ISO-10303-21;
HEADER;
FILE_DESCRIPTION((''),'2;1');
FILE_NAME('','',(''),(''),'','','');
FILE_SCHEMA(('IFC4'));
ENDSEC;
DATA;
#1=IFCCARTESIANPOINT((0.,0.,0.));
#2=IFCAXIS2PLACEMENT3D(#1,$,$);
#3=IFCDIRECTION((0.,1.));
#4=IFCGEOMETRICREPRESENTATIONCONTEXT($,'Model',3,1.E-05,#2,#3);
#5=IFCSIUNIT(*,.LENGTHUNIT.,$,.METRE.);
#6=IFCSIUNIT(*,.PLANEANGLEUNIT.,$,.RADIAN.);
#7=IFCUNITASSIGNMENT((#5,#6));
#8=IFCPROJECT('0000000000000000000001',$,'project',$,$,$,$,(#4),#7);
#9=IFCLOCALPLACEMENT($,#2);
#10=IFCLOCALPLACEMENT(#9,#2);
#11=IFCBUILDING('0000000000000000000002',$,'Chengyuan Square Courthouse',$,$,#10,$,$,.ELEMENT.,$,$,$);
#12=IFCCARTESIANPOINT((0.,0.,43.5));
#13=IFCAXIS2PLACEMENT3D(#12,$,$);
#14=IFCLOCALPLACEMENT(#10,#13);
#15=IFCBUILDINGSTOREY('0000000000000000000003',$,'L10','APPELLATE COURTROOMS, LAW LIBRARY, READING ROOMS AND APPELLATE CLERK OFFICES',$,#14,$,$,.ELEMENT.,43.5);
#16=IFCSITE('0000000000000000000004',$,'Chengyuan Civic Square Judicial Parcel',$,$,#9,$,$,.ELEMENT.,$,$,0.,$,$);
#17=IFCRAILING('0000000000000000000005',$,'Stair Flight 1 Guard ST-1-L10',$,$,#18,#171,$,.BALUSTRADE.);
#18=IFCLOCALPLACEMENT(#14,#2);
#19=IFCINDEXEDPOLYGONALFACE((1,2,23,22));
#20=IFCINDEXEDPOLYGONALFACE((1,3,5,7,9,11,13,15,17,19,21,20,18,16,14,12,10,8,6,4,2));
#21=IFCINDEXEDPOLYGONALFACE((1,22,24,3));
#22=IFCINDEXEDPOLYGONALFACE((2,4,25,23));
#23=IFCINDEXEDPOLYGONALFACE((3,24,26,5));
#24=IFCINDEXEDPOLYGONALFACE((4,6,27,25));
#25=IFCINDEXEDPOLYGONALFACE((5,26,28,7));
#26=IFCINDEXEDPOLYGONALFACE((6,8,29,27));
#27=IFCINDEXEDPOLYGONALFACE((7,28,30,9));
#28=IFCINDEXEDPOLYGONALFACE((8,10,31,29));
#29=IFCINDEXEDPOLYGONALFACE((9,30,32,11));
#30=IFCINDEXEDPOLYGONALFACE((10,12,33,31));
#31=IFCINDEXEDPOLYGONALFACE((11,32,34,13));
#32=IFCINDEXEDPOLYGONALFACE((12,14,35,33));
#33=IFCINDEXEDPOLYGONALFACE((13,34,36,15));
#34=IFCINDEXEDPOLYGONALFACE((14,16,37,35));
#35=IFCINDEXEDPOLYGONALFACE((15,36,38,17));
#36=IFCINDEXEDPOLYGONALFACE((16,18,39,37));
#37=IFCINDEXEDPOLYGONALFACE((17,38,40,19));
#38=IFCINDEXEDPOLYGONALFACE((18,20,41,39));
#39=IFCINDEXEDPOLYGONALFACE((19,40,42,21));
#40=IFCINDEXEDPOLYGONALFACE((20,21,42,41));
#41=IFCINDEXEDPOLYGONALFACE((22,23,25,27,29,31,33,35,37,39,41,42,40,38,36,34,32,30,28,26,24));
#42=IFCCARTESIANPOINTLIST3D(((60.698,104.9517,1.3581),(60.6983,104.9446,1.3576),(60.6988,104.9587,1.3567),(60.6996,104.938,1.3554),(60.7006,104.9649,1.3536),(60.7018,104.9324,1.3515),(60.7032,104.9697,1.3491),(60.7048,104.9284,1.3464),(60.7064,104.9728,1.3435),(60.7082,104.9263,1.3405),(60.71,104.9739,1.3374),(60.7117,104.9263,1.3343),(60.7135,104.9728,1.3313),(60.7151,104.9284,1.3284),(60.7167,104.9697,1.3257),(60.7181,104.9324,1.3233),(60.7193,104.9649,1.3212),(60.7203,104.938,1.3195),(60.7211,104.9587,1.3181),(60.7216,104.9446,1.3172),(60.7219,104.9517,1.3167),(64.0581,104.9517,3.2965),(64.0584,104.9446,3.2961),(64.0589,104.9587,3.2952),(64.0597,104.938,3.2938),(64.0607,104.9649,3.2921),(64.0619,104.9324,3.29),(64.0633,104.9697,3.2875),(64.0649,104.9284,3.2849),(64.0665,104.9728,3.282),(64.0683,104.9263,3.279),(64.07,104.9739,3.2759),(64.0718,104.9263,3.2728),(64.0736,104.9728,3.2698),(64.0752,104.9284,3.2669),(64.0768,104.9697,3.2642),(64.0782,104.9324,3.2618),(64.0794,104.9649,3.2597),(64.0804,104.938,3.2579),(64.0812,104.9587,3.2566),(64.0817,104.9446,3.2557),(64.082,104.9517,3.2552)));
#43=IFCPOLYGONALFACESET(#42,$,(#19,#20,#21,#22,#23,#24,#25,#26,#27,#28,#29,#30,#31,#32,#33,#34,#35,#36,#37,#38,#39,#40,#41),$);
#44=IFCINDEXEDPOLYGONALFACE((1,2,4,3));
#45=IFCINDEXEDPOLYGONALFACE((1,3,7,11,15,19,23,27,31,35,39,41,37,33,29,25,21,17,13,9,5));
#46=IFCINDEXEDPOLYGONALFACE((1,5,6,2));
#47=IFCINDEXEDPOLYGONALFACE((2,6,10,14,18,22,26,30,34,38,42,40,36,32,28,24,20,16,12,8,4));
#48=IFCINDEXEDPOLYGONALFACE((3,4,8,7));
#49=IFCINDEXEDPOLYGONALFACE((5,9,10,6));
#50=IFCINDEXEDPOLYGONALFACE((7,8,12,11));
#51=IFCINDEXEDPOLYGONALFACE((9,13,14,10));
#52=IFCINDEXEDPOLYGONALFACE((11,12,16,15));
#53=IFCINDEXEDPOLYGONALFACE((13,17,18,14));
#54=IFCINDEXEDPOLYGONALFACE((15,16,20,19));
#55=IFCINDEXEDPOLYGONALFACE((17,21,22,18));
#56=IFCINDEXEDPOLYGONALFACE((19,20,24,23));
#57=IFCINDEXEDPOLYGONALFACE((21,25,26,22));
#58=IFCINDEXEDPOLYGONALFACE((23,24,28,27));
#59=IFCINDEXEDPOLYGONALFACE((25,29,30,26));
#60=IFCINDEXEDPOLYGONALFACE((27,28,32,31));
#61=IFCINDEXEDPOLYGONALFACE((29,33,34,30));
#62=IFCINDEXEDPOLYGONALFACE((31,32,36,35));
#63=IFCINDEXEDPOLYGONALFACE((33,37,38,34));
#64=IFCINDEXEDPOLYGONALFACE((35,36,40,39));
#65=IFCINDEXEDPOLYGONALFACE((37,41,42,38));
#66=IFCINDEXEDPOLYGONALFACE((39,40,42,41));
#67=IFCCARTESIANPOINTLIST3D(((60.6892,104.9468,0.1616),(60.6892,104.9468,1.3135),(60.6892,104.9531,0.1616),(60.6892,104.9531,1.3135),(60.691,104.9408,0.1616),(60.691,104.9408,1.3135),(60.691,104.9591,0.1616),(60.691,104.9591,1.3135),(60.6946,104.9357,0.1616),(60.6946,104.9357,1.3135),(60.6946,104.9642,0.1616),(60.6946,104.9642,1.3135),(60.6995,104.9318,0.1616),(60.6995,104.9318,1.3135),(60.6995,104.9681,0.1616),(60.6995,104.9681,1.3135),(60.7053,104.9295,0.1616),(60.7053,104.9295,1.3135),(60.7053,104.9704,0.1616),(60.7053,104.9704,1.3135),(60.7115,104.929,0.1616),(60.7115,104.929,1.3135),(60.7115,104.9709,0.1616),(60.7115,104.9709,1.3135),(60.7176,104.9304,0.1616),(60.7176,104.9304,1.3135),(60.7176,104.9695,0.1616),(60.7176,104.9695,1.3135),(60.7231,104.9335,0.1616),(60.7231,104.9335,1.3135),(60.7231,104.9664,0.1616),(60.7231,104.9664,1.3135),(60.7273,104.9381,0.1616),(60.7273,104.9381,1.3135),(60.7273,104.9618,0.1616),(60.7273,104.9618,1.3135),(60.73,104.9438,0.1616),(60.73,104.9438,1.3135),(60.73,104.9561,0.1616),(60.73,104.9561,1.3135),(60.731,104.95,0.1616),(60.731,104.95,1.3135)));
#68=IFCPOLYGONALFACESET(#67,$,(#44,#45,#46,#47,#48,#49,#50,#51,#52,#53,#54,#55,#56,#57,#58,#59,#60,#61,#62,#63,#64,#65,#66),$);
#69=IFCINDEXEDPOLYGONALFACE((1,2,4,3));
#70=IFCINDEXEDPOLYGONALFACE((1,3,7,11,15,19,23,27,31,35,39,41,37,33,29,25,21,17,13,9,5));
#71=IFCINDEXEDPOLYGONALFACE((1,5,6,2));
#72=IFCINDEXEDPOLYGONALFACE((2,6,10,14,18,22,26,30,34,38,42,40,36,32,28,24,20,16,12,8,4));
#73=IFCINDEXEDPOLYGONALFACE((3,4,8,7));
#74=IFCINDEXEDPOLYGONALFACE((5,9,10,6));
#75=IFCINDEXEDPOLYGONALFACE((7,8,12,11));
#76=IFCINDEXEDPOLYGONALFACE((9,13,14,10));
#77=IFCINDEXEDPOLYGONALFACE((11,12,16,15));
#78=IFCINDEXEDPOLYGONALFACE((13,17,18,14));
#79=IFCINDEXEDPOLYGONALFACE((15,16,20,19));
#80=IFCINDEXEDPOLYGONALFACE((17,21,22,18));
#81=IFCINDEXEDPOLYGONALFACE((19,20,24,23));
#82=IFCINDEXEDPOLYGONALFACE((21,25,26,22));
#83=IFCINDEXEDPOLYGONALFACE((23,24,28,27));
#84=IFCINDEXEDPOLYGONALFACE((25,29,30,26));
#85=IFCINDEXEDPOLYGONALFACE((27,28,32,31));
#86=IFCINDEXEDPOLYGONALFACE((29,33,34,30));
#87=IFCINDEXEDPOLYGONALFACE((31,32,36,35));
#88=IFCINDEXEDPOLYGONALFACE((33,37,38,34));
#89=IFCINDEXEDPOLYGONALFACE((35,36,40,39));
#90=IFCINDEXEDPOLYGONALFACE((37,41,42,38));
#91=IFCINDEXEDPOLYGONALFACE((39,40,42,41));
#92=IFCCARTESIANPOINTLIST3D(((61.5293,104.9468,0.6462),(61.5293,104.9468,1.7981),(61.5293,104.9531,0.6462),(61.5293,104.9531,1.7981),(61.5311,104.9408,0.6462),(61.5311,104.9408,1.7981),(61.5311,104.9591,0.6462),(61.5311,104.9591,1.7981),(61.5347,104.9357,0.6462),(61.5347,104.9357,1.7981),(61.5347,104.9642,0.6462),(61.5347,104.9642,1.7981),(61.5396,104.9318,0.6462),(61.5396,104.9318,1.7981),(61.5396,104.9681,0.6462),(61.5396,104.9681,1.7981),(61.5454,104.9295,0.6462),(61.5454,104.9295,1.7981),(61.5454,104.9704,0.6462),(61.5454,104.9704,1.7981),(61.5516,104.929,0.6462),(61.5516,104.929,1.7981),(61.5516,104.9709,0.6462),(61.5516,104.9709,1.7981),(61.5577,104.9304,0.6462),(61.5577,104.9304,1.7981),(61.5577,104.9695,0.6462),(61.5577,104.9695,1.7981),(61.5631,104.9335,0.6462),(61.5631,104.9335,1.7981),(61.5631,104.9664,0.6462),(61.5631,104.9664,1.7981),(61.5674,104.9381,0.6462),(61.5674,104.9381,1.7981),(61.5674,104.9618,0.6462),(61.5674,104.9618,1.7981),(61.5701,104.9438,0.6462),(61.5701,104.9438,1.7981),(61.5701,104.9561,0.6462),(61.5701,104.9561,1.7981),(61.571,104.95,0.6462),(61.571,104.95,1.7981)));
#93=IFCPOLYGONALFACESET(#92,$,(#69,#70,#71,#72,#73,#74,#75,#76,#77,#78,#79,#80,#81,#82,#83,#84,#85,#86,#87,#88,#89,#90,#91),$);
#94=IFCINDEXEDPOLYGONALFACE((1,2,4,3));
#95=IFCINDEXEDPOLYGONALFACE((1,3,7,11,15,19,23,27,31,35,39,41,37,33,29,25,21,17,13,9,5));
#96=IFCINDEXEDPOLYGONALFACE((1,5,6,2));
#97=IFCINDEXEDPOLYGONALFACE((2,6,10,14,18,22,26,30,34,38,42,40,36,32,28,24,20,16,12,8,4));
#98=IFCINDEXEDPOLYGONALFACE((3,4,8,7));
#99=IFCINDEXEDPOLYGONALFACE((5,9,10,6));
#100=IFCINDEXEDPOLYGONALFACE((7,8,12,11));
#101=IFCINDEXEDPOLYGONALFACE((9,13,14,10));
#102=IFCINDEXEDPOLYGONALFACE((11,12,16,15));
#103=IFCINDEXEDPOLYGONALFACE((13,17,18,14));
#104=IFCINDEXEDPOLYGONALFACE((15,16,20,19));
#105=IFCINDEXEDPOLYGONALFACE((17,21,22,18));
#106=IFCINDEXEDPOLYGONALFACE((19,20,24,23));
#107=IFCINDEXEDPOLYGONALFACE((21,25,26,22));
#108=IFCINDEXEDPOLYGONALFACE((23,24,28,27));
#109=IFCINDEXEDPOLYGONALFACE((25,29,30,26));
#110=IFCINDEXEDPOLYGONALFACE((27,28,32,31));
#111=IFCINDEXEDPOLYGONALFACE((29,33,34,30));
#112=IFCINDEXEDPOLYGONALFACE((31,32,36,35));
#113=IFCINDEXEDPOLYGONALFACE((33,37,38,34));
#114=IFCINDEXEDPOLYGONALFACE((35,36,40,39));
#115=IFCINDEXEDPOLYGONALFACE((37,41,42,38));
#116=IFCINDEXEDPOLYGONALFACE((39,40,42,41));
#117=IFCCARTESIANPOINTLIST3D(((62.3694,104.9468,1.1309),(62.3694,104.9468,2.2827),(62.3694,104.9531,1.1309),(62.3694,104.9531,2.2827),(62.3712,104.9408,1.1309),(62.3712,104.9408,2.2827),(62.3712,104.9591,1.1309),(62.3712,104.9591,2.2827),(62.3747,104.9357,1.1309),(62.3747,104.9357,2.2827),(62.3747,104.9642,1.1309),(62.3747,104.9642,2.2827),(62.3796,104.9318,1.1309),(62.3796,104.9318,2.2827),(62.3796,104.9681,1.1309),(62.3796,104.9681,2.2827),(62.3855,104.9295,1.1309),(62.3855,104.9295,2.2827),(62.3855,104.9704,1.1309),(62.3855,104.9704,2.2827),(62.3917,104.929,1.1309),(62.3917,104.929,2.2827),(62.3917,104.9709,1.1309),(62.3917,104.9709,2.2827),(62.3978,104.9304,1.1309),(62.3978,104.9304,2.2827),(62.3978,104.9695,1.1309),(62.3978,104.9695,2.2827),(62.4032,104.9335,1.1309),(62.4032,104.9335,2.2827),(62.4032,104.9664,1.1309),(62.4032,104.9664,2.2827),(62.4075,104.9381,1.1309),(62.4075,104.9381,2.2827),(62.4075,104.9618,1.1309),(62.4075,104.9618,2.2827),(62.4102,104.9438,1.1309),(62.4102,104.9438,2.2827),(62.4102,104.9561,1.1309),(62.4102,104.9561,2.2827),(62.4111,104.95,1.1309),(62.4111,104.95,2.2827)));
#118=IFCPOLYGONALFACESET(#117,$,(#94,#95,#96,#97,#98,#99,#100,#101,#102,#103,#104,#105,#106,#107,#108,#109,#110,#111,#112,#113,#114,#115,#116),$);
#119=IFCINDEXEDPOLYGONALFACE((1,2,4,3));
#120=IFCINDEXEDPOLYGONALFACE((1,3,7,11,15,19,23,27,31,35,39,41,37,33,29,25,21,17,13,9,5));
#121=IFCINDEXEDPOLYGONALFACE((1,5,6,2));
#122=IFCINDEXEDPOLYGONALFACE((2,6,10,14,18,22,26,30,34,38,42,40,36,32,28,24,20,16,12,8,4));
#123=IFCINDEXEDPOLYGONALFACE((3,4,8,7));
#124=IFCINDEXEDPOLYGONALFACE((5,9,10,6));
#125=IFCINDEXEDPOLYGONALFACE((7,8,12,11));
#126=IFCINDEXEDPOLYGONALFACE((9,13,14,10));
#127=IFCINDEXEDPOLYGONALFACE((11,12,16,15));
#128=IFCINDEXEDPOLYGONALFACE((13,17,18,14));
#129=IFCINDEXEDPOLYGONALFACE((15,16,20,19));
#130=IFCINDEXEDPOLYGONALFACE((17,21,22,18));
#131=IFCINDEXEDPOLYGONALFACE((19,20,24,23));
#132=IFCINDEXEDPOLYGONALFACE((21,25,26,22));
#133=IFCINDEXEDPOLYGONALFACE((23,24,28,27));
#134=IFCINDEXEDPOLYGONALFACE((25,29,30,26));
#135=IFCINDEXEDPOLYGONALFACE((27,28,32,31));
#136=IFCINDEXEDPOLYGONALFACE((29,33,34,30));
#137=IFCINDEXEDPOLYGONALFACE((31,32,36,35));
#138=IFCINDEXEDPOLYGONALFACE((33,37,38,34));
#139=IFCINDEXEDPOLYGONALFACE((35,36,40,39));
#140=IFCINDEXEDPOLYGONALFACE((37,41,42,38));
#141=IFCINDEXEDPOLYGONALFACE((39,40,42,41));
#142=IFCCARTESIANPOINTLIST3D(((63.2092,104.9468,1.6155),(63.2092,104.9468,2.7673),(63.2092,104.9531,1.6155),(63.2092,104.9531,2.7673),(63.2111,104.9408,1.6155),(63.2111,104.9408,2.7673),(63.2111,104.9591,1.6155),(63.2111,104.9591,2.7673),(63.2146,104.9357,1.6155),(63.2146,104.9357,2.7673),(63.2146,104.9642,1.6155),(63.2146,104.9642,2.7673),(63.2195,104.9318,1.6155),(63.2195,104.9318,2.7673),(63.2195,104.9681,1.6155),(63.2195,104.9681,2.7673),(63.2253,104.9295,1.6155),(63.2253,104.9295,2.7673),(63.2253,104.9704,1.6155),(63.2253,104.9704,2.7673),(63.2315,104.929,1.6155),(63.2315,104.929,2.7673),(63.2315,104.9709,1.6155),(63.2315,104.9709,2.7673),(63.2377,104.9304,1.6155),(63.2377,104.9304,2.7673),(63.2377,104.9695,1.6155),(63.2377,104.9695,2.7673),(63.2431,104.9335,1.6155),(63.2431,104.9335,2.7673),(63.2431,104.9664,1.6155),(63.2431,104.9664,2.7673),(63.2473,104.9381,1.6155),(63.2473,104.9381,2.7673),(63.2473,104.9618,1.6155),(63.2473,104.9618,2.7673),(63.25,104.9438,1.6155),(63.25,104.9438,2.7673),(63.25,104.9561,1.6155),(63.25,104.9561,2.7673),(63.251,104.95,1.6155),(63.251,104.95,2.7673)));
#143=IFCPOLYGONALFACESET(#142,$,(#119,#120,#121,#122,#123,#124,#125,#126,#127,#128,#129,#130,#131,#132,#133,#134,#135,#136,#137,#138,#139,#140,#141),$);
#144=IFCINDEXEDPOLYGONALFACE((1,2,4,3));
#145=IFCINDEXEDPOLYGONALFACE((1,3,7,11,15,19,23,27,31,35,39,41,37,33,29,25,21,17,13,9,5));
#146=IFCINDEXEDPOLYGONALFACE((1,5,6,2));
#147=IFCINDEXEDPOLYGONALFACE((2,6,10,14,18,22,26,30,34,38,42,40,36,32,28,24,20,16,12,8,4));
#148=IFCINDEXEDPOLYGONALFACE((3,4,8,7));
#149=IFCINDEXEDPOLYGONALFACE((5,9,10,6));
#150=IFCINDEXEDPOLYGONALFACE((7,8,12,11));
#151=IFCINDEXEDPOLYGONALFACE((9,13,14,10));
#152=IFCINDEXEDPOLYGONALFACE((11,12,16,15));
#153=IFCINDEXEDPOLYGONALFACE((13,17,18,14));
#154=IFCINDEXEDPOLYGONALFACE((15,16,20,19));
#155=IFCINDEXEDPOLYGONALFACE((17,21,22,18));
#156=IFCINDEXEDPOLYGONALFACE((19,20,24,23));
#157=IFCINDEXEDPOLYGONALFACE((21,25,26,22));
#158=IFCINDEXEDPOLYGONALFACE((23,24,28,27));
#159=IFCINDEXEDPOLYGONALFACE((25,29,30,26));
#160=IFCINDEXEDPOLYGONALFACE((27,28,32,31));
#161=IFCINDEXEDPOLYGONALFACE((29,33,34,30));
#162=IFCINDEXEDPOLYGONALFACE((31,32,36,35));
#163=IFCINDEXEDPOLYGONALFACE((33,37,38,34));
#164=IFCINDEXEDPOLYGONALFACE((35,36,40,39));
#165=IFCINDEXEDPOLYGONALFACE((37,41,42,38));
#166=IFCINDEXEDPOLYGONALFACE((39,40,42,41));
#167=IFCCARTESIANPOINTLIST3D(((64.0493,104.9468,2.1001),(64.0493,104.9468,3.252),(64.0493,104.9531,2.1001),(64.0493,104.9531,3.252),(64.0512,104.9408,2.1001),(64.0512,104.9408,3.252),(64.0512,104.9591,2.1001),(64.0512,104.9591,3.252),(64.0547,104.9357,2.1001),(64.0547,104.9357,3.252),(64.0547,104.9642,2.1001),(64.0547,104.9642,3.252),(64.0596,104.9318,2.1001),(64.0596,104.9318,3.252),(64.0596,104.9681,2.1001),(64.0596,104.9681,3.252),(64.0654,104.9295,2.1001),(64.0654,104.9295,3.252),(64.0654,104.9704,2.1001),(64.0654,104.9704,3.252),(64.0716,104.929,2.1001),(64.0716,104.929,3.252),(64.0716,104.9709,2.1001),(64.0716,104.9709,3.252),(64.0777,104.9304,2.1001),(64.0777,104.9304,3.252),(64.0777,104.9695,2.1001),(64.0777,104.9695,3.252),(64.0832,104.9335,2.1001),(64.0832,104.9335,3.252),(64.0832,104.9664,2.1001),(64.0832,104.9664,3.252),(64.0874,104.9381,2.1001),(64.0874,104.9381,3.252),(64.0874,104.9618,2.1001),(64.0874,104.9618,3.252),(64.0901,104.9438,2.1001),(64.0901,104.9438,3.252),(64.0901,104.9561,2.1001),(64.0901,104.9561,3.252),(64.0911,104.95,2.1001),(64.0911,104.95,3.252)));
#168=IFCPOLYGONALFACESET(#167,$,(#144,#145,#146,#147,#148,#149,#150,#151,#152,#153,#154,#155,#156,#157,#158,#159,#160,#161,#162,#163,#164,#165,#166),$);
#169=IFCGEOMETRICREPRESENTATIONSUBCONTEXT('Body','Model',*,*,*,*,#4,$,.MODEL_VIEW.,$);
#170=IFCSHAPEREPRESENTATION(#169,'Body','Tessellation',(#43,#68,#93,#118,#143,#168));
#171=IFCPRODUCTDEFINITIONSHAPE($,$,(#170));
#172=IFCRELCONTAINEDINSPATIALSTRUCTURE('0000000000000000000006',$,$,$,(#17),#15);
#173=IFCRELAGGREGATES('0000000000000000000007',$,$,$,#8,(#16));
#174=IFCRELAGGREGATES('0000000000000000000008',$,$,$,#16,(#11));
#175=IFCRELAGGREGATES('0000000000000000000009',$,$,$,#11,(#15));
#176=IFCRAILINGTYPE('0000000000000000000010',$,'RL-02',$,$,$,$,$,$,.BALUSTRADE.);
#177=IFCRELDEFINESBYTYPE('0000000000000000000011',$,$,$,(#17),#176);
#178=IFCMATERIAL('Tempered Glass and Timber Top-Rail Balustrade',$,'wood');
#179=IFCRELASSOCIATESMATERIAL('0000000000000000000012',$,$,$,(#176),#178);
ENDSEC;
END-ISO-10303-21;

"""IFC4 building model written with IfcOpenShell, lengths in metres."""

from ifc_helpers import new_model, si_unit, direction, frame, origin, origin_2d, place, context, subcontext, project, spatial, circle, extrude, material, type_object, element, save


model = new_model("IFC4")

# Units and contexts
model_context = context("Model", 3, precision=1e-05, world=origin(), true_north=direction((0.0, 1.0)))
body_context = subcontext(model_context, "Body", "Model", "MODEL_VIEW")
ifc_project = project(units=[si_unit("LENGTHUNIT", "METRE"), si_unit("PLANEANGLEUNIT", "RADIAN")], contexts=[model_context])

# Site, building, storey
site_placement = place(None, origin())
site = spatial("IfcSite", under=ifc_project, at=site_placement, Name="Chengyuan Civic Square Judicial Parcel", CompositionType="ELEMENT", RefElevation=0.0)
building_placement = place(site_placement, origin())
building = spatial("IfcBuilding", under=site, at=building_placement, Name="Chengyuan Square Courthouse", CompositionType="ELEMENT")
storey_placement = place(building_placement, frame((0.0, 0.0, 43.5)))
storey = spatial("IfcBuildingStorey", under=building, at=storey_placement, Name="L10", Description="APPELLATE COURTROOMS, LAW LIBRARY, READING ROOMS AND APPELLATE CLERK OFFICES", CompositionType="ELEMENT", Elevation=43.5)

# Railing
ifc_material_1 = material(Name="Tempered Glass and Timber Top-Rail Balustrade", Category="wood")
railing_type_1 = type_object("IfcRailingType", Name="RL-02", PredefinedType="BALUSTRADE", material=ifc_material_1)
railing_1_placement = place(storey_placement, frame((60.71, 104.95, 0.1616)))
element("IfcRailing", 1, at=railing_1_placement, inside=storey, type_object=railing_type_1, Name="Stair Flight 1 Guard ST-1-L10", PredefinedType="BALUSTRADE", context=body_context, shape_type="SweptSolid", body=[
    extrude(circle(Radius=0.0239, at=origin_2d()), frame((0.0, 0.0, 1.1758), z_axis=(0.866191, 0.0, 0.499713), x_axis=(0.0, 1.0, 0.0)), (0.0, 0.0, 1.0), 3.8792),
    extrude(circle(Radius=0.021, at=origin_2d()), origin(), (0.0, 0.0, 1.0), 1.1519),
    extrude(circle(Radius=0.021, at=origin_2d()), frame((0.8401, 0.0, 0.4846)), (0.0, 0.0, 1.0), 1.1519),
    extrude(circle(Radius=0.021, at=origin_2d()), frame((1.6802, 0.0, 0.9692)), (0.0, 0.0, 1.0), 1.1519),
    extrude(circle(Radius=0.021, at=origin_2d()), frame((2.52, 0.0, 1.4539)), (0.0, 0.0, 1.0), 1.1519),
    extrude(circle(Radius=0.021, at=origin_2d()), frame((3.3601, 0.0, 1.9385)), (0.0, 0.0, 1.0), 1.1519),
])

save(model, "model.ifc")
